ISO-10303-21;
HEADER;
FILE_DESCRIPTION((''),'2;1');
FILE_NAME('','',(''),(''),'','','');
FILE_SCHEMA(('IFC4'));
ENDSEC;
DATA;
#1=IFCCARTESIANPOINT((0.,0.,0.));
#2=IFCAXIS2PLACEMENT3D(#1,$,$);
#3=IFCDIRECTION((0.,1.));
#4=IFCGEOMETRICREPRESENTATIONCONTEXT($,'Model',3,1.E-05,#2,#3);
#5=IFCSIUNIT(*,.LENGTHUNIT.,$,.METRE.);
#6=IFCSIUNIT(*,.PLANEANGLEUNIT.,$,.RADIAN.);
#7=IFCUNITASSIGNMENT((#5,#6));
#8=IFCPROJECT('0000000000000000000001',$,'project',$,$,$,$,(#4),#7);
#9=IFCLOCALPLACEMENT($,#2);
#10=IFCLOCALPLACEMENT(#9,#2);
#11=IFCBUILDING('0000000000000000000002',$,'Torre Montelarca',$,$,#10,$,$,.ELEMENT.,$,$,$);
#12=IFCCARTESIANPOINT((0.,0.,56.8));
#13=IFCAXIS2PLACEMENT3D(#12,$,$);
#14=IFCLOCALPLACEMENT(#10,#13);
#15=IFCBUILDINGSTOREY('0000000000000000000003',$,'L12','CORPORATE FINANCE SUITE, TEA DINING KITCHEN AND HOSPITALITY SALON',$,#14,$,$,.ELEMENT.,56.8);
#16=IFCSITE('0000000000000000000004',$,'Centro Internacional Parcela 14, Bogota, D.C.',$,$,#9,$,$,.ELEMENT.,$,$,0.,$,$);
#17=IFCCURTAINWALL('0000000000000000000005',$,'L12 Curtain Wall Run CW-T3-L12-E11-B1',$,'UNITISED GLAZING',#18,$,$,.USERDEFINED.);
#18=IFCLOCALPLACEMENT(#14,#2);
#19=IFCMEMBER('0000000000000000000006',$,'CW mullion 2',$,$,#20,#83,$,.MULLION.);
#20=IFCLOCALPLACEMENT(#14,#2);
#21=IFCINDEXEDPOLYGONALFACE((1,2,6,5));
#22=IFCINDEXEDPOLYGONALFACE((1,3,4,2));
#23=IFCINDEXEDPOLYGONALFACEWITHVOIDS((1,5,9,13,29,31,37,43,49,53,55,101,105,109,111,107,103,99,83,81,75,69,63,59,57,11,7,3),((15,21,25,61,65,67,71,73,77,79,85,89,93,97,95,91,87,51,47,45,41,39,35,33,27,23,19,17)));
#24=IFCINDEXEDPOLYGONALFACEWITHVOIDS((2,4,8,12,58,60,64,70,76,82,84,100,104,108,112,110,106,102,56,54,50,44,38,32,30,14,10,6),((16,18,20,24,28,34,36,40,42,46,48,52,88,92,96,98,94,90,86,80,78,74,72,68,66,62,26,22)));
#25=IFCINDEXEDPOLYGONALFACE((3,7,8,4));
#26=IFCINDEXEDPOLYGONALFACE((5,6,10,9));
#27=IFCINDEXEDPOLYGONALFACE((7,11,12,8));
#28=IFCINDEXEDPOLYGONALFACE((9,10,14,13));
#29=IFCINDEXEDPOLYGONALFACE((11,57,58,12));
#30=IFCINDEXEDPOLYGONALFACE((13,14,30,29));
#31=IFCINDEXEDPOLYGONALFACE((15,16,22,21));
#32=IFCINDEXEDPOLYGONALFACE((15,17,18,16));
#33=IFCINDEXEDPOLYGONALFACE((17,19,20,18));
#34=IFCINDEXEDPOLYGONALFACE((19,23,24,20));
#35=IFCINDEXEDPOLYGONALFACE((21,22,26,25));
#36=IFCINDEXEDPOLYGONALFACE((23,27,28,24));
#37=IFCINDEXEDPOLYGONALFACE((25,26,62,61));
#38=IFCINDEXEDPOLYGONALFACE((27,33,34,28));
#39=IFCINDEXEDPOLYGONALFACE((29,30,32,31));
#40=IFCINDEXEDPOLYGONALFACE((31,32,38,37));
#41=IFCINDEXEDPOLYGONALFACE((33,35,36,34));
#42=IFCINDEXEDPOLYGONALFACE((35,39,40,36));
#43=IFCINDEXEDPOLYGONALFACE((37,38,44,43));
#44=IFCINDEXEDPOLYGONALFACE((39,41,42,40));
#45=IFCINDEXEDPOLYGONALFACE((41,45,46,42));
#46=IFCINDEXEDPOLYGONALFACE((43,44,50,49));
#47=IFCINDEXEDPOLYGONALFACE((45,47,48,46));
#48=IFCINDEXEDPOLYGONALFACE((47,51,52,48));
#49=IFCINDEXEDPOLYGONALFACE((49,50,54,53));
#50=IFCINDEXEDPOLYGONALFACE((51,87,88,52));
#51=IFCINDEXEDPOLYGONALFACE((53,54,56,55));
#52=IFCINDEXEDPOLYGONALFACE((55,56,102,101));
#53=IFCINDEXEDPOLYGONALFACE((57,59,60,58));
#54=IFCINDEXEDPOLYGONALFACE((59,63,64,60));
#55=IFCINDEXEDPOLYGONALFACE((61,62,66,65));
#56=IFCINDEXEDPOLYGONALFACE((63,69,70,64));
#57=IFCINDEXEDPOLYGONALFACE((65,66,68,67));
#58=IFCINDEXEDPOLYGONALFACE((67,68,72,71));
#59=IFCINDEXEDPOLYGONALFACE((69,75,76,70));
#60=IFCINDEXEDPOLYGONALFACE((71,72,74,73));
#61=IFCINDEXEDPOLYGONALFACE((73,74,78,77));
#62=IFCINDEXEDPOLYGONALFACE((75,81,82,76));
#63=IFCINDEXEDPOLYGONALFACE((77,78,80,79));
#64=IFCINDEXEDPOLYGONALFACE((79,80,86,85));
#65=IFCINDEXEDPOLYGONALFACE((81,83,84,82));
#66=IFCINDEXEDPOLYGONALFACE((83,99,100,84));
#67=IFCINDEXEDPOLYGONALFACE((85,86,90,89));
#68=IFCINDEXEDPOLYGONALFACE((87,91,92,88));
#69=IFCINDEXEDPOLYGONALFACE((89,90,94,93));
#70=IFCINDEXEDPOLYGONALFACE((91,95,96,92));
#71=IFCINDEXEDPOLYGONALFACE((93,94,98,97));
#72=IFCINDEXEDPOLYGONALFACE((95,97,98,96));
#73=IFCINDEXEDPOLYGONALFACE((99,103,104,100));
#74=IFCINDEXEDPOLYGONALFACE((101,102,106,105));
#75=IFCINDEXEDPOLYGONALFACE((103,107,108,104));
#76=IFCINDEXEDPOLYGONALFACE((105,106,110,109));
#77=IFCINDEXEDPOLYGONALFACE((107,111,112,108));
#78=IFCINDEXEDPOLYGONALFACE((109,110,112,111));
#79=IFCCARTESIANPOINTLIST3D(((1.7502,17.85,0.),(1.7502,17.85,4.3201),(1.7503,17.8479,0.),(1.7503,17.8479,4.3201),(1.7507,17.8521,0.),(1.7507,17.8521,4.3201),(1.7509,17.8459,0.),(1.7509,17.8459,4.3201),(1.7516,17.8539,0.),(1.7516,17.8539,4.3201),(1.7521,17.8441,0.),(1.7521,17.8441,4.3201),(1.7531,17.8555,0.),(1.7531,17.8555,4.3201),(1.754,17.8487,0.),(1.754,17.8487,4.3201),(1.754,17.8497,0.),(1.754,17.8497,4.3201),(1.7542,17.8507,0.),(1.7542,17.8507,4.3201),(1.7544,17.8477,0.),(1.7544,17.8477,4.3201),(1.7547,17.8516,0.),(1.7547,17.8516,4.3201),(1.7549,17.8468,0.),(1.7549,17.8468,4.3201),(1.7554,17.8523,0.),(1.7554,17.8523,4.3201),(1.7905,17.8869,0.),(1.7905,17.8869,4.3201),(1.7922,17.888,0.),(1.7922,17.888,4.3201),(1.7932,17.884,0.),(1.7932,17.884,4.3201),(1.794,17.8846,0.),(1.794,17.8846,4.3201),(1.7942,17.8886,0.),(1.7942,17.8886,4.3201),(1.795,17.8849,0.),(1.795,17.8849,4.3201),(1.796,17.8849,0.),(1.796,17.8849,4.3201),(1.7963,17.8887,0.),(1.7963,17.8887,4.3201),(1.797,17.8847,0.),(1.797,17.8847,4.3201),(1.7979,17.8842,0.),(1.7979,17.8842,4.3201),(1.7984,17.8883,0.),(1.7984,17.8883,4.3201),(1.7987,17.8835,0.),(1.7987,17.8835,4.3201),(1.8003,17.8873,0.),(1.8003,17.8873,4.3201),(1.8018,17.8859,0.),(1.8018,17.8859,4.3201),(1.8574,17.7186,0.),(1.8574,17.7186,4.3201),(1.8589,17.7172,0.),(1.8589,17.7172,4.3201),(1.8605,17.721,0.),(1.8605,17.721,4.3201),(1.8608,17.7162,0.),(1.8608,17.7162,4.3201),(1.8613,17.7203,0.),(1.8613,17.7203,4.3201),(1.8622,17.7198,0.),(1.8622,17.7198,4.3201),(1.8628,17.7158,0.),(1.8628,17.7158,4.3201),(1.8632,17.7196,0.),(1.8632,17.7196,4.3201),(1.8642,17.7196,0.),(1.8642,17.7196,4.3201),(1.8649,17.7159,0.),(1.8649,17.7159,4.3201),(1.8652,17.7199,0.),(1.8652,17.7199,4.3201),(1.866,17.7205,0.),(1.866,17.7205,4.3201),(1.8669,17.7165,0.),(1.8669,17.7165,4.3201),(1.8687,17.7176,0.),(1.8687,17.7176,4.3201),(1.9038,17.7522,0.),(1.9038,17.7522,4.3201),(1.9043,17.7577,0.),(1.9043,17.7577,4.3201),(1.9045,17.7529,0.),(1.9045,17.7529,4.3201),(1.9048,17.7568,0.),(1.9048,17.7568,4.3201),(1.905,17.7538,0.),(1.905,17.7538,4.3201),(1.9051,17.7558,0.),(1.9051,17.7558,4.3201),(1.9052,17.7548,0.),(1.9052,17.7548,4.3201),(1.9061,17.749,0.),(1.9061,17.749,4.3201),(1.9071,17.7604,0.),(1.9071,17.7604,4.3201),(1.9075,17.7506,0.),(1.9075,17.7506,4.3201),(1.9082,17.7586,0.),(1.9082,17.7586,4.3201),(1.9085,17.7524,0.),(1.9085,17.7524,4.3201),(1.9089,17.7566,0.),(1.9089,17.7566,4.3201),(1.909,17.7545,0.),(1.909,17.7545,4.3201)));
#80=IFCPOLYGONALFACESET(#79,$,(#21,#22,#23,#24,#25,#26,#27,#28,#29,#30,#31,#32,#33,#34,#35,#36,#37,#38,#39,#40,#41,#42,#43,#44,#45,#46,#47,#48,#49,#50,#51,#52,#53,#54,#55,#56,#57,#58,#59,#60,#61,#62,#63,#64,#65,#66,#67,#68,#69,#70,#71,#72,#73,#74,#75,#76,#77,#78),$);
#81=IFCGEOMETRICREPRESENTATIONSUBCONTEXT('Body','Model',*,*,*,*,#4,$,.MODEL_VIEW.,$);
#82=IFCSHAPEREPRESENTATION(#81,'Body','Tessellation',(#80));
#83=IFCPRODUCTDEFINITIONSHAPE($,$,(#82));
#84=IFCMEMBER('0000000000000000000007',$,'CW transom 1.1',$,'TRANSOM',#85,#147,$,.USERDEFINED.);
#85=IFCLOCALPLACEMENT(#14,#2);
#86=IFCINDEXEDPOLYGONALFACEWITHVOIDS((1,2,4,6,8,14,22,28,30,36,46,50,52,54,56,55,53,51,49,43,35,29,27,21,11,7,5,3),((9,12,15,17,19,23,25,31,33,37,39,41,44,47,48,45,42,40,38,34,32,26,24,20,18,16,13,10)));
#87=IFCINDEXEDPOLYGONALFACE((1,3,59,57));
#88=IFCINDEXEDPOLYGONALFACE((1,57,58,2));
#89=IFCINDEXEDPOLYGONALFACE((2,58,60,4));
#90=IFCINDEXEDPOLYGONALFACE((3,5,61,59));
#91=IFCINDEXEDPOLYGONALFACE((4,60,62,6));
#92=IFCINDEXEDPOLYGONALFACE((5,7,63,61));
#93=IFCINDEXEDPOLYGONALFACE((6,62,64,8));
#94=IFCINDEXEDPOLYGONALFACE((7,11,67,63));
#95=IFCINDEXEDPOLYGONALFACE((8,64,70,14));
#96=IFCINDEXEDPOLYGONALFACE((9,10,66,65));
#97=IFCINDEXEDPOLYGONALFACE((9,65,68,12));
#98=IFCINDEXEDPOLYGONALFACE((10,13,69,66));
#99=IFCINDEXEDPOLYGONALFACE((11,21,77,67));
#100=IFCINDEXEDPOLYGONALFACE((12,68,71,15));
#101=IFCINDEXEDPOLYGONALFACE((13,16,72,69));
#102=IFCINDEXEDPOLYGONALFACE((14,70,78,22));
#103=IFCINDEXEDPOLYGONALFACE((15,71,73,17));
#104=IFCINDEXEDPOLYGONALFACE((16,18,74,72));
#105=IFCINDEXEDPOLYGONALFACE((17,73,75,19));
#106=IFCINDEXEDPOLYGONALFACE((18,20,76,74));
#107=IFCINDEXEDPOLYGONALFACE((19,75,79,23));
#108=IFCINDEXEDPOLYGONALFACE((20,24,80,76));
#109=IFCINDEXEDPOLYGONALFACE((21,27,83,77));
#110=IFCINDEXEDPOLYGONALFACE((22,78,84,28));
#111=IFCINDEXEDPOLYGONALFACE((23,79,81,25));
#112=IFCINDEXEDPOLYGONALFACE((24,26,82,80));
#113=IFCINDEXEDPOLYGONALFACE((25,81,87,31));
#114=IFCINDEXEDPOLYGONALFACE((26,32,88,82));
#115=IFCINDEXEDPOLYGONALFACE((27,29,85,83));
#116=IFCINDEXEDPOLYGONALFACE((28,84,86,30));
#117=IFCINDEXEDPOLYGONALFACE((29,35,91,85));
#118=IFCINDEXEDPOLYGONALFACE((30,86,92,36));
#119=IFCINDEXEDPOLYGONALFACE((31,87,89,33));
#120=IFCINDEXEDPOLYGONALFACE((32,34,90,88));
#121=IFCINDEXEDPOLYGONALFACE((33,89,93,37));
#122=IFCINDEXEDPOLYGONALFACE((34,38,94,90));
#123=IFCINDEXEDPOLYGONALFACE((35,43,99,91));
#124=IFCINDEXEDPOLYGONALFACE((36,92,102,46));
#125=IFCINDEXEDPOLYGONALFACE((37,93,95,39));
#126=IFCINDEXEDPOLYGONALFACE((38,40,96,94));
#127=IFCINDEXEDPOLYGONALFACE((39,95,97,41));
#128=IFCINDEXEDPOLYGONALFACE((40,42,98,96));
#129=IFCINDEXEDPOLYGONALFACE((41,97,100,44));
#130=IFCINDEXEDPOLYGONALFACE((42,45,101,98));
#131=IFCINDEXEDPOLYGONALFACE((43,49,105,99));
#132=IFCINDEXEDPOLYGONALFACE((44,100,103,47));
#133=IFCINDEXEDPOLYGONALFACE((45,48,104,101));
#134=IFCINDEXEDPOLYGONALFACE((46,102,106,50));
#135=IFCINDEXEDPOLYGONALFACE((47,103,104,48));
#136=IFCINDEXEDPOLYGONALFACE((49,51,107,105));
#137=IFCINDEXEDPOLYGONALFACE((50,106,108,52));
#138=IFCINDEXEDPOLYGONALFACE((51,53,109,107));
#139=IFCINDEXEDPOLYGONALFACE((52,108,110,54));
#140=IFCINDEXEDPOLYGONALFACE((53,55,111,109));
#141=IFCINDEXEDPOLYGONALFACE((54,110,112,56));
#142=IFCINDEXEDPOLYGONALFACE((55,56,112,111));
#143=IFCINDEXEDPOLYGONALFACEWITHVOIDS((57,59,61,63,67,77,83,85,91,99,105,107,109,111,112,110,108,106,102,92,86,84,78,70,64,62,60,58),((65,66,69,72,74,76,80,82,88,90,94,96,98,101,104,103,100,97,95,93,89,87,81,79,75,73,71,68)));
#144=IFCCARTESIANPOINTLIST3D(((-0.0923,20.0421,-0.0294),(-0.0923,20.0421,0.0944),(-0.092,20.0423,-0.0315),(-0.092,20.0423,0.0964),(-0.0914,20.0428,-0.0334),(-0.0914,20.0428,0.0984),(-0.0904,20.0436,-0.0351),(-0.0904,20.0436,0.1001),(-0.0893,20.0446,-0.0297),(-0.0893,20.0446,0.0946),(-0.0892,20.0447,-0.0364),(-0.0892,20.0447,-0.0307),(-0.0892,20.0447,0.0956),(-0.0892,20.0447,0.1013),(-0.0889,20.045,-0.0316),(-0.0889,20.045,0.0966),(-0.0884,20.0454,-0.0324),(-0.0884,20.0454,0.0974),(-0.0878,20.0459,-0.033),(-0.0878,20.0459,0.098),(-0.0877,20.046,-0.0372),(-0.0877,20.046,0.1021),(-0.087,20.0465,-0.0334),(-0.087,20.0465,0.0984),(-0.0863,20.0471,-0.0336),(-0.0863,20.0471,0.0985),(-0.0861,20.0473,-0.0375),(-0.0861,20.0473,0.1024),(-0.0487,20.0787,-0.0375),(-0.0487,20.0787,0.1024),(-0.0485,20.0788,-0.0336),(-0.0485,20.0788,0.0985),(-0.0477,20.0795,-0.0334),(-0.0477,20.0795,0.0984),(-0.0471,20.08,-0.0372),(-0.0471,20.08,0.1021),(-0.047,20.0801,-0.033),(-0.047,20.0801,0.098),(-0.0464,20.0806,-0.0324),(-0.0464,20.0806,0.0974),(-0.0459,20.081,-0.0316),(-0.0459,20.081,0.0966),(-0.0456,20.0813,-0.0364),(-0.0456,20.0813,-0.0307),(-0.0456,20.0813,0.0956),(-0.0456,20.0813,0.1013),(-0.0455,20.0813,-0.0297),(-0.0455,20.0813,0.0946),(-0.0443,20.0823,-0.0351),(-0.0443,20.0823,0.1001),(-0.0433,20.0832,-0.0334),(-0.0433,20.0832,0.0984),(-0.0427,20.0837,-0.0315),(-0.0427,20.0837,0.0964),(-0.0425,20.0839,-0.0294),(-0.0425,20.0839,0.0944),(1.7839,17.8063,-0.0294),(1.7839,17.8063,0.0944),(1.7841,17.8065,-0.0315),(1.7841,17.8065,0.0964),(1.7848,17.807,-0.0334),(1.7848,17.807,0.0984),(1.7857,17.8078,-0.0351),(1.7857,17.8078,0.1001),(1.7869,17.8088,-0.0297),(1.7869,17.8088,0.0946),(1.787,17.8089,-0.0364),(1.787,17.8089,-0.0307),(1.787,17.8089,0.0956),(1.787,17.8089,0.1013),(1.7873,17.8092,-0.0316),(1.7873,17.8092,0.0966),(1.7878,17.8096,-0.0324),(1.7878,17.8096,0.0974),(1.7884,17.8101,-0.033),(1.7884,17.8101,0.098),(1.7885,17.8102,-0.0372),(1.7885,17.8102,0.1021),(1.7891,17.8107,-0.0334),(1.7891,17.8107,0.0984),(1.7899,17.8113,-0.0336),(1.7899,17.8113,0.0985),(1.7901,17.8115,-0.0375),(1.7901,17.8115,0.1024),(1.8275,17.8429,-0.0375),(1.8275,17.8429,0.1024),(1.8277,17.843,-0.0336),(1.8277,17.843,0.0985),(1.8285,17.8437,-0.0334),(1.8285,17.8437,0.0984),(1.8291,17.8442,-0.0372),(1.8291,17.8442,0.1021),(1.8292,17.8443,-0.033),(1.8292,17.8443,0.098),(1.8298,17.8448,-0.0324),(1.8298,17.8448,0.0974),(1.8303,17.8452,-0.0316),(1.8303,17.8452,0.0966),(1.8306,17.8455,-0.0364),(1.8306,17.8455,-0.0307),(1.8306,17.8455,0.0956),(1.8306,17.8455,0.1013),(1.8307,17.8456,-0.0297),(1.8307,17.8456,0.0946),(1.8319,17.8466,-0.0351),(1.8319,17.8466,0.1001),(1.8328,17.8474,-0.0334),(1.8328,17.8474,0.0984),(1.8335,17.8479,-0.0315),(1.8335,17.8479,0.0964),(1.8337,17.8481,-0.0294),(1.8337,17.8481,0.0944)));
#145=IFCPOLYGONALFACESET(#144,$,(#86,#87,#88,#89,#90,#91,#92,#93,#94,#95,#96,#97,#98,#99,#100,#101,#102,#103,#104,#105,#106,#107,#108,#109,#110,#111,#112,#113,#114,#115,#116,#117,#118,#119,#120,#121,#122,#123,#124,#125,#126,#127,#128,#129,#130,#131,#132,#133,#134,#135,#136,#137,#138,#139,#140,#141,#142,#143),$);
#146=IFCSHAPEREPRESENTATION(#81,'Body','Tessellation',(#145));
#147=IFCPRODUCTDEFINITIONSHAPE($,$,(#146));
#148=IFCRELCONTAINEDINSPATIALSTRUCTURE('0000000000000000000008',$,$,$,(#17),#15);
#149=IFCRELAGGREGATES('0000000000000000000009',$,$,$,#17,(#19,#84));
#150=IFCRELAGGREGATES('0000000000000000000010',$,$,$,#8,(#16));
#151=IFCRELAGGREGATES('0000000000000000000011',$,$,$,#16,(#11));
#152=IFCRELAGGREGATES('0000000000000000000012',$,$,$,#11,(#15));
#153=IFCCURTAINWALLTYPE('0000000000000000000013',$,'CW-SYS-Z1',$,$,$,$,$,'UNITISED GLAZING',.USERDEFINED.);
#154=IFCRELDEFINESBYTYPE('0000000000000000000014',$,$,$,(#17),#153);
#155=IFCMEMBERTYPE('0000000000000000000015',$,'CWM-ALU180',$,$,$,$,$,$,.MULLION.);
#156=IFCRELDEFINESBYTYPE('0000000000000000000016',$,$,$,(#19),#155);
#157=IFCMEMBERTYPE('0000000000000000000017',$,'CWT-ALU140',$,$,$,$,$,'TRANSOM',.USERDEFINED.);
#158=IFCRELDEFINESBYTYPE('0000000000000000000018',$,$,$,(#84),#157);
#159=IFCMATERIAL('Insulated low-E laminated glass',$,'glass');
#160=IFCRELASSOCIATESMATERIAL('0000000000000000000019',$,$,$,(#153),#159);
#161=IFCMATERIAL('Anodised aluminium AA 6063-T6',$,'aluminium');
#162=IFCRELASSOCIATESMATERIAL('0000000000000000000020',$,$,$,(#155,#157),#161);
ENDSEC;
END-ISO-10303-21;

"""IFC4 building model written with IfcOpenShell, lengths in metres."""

from ifc_helpers import new_model, si_unit, direction, frame, origin, origin_2d, place, context, subcontext, project, spatial, hollow_rectangle, extrude, source, transform, mapped, material, material_profile, profile_set, type_object, element, aggregate, save


model = new_model("IFC4")

# Units and contexts
model_context = context("Model", 3, precision=1e-05, world=origin(), true_north=direction((0.0, 1.0)))
body_context = subcontext(model_context, "Body", "Model", "MODEL_VIEW")
ifc_project = project(units=[si_unit("LENGTHUNIT", "METRE"), si_unit("PLANEANGLEUNIT", "RADIAN")], contexts=[model_context])

# Site, building, storey
site_placement = place(None, origin())
site = spatial("IfcSite", under=ifc_project, at=site_placement, Name="Centro Internacional Parcela 14, Bogota, D.C.", CompositionType="ELEMENT", RefElevation=0.0)
building_placement = place(site_placement, origin())
building = spatial("IfcBuilding", under=site, at=building_placement, Name="Torre Montelarca", CompositionType="ELEMENT")
storey_placement = place(building_placement, frame((0.0, 0.0, 56.8)))
storey = spatial("IfcBuildingStorey", under=building, at=storey_placement, Name="L12", Description="CORPORATE FINANCE SUITE, TEA DINING KITCHEN AND HOSPITALITY SALON", CompositionType="ELEMENT", Elevation=56.8)

# Shared definitions
ifc_material_1 = material(Name="Insulated low-E laminated glass", Category="glass")
curtain_wall_type = type_object("IfcCurtainWallType", Name="CW-SYS-Z1", ElementType="UNITISED GLAZING", PredefinedType="USERDEFINED", material=ifc_material_1)
ifc_material_2 = material(Name="Anodised aluminium AA 6063-T6", Category="aluminium")
ifc_material_profile_1 = material_profile(ifc_material_2, hollow_rectangle(XDim=0.0649, YDim=0.1799, WallThickness=0.0039, InnerFilletRadius=0.0039, OuterFilletRadius=0.0081, at=origin_2d()), Name="ALU65X180X4", Category="aluminium")
ifc_profile_set_1 = profile_set([ifc_material_profile_1], Name="Anodised aluminium AA 6063-T6")
member_type_1 = type_object("IfcMemberType", Name="CWM-ALU180", PredefinedType="MULLION", material=ifc_profile_set_1)
shared_shape_1 = source(origin(), body_context, "Body", "SweptSolid", [
    extrude(hollow_rectangle(XDim=0.0649, YDim=0.1799, WallThickness=0.0039, InnerFilletRadius=0.0039, OuterFilletRadius=0.0081, at=origin_2d()), origin(), (0.0, 0.0, 1.0), 4.3201),
])

# Curtain wall, members
curtain_wall_1_placement = place(storey_placement, origin())
curtain_wall_1 = element("IfcCurtainWall", 1, at=curtain_wall_1_placement, inside=storey, type_object=curtain_wall_type, Name="L12 Curtain Wall Run CW-T3-L12-E11-B1", ObjectType="UNITISED GLAZING", PredefinedType="USERDEFINED")
member_1_placement = place(storey_placement, frame((1.8296, 17.8022, 0.0), z_axis=(0.0, 0.0, 1.0), x_axis=(0.766043, 0.64279, 0.0)))
member_1 = element("IfcMember", 2, at=member_1_placement, type_object=member_type_1, Name="CW mullion 2", PredefinedType="MULLION", context=body_context, shape_type="MappedRepresentation", body=[
    mapped(shared_shape_1, transform((0.0, 0.0, 0.0), scale=1.0)),
])
ifc_material_profile_2 = material_profile(ifc_material_2, hollow_rectangle(XDim=0.0649, YDim=0.1399, WallThickness=0.0039, InnerFilletRadius=0.0039, OuterFilletRadius=0.0081, at=origin_2d()), Name="ALU65X140X4", Category="aluminium")
ifc_profile_set_2 = profile_set([ifc_material_profile_2], Name="Anodised aluminium AA 6063-T6")
member_type_2 = type_object("IfcMemberType", Name="CWT-ALU140", ElementType="TRANSOM", PredefinedType="USERDEFINED", material=ifc_profile_set_2)
shared_shape_2 = source(origin(), body_context, "Body", "SweptSolid", [
    extrude(hollow_rectangle(XDim=0.0649, YDim=0.1399, WallThickness=0.0039, InnerFilletRadius=0.0039, OuterFilletRadius=0.0081, at=origin_2d()), origin(), (0.0, 0.0, 1.0), 2.9187),
])
member_2_placement = place(storey_placement, frame((-0.0674, 20.063, 0.0325), z_axis=(0.642813, -0.766023, 0.0), x_axis=(0.766023, 0.642813, 0.0)))
member_2 = element("IfcMember", 3, at=member_2_placement, type_object=member_type_2, Name="CW transom 1.1", ObjectType="TRANSOM", PredefinedType="USERDEFINED", context=body_context, shape_type="MappedRepresentation", body=[
    mapped(shared_shape_2, transform((0.0, 0.0, 0.0), scale=1.0)),
])
aggregate(curtain_wall_1, [member_1, member_2])

save(model, "model.ifc")
